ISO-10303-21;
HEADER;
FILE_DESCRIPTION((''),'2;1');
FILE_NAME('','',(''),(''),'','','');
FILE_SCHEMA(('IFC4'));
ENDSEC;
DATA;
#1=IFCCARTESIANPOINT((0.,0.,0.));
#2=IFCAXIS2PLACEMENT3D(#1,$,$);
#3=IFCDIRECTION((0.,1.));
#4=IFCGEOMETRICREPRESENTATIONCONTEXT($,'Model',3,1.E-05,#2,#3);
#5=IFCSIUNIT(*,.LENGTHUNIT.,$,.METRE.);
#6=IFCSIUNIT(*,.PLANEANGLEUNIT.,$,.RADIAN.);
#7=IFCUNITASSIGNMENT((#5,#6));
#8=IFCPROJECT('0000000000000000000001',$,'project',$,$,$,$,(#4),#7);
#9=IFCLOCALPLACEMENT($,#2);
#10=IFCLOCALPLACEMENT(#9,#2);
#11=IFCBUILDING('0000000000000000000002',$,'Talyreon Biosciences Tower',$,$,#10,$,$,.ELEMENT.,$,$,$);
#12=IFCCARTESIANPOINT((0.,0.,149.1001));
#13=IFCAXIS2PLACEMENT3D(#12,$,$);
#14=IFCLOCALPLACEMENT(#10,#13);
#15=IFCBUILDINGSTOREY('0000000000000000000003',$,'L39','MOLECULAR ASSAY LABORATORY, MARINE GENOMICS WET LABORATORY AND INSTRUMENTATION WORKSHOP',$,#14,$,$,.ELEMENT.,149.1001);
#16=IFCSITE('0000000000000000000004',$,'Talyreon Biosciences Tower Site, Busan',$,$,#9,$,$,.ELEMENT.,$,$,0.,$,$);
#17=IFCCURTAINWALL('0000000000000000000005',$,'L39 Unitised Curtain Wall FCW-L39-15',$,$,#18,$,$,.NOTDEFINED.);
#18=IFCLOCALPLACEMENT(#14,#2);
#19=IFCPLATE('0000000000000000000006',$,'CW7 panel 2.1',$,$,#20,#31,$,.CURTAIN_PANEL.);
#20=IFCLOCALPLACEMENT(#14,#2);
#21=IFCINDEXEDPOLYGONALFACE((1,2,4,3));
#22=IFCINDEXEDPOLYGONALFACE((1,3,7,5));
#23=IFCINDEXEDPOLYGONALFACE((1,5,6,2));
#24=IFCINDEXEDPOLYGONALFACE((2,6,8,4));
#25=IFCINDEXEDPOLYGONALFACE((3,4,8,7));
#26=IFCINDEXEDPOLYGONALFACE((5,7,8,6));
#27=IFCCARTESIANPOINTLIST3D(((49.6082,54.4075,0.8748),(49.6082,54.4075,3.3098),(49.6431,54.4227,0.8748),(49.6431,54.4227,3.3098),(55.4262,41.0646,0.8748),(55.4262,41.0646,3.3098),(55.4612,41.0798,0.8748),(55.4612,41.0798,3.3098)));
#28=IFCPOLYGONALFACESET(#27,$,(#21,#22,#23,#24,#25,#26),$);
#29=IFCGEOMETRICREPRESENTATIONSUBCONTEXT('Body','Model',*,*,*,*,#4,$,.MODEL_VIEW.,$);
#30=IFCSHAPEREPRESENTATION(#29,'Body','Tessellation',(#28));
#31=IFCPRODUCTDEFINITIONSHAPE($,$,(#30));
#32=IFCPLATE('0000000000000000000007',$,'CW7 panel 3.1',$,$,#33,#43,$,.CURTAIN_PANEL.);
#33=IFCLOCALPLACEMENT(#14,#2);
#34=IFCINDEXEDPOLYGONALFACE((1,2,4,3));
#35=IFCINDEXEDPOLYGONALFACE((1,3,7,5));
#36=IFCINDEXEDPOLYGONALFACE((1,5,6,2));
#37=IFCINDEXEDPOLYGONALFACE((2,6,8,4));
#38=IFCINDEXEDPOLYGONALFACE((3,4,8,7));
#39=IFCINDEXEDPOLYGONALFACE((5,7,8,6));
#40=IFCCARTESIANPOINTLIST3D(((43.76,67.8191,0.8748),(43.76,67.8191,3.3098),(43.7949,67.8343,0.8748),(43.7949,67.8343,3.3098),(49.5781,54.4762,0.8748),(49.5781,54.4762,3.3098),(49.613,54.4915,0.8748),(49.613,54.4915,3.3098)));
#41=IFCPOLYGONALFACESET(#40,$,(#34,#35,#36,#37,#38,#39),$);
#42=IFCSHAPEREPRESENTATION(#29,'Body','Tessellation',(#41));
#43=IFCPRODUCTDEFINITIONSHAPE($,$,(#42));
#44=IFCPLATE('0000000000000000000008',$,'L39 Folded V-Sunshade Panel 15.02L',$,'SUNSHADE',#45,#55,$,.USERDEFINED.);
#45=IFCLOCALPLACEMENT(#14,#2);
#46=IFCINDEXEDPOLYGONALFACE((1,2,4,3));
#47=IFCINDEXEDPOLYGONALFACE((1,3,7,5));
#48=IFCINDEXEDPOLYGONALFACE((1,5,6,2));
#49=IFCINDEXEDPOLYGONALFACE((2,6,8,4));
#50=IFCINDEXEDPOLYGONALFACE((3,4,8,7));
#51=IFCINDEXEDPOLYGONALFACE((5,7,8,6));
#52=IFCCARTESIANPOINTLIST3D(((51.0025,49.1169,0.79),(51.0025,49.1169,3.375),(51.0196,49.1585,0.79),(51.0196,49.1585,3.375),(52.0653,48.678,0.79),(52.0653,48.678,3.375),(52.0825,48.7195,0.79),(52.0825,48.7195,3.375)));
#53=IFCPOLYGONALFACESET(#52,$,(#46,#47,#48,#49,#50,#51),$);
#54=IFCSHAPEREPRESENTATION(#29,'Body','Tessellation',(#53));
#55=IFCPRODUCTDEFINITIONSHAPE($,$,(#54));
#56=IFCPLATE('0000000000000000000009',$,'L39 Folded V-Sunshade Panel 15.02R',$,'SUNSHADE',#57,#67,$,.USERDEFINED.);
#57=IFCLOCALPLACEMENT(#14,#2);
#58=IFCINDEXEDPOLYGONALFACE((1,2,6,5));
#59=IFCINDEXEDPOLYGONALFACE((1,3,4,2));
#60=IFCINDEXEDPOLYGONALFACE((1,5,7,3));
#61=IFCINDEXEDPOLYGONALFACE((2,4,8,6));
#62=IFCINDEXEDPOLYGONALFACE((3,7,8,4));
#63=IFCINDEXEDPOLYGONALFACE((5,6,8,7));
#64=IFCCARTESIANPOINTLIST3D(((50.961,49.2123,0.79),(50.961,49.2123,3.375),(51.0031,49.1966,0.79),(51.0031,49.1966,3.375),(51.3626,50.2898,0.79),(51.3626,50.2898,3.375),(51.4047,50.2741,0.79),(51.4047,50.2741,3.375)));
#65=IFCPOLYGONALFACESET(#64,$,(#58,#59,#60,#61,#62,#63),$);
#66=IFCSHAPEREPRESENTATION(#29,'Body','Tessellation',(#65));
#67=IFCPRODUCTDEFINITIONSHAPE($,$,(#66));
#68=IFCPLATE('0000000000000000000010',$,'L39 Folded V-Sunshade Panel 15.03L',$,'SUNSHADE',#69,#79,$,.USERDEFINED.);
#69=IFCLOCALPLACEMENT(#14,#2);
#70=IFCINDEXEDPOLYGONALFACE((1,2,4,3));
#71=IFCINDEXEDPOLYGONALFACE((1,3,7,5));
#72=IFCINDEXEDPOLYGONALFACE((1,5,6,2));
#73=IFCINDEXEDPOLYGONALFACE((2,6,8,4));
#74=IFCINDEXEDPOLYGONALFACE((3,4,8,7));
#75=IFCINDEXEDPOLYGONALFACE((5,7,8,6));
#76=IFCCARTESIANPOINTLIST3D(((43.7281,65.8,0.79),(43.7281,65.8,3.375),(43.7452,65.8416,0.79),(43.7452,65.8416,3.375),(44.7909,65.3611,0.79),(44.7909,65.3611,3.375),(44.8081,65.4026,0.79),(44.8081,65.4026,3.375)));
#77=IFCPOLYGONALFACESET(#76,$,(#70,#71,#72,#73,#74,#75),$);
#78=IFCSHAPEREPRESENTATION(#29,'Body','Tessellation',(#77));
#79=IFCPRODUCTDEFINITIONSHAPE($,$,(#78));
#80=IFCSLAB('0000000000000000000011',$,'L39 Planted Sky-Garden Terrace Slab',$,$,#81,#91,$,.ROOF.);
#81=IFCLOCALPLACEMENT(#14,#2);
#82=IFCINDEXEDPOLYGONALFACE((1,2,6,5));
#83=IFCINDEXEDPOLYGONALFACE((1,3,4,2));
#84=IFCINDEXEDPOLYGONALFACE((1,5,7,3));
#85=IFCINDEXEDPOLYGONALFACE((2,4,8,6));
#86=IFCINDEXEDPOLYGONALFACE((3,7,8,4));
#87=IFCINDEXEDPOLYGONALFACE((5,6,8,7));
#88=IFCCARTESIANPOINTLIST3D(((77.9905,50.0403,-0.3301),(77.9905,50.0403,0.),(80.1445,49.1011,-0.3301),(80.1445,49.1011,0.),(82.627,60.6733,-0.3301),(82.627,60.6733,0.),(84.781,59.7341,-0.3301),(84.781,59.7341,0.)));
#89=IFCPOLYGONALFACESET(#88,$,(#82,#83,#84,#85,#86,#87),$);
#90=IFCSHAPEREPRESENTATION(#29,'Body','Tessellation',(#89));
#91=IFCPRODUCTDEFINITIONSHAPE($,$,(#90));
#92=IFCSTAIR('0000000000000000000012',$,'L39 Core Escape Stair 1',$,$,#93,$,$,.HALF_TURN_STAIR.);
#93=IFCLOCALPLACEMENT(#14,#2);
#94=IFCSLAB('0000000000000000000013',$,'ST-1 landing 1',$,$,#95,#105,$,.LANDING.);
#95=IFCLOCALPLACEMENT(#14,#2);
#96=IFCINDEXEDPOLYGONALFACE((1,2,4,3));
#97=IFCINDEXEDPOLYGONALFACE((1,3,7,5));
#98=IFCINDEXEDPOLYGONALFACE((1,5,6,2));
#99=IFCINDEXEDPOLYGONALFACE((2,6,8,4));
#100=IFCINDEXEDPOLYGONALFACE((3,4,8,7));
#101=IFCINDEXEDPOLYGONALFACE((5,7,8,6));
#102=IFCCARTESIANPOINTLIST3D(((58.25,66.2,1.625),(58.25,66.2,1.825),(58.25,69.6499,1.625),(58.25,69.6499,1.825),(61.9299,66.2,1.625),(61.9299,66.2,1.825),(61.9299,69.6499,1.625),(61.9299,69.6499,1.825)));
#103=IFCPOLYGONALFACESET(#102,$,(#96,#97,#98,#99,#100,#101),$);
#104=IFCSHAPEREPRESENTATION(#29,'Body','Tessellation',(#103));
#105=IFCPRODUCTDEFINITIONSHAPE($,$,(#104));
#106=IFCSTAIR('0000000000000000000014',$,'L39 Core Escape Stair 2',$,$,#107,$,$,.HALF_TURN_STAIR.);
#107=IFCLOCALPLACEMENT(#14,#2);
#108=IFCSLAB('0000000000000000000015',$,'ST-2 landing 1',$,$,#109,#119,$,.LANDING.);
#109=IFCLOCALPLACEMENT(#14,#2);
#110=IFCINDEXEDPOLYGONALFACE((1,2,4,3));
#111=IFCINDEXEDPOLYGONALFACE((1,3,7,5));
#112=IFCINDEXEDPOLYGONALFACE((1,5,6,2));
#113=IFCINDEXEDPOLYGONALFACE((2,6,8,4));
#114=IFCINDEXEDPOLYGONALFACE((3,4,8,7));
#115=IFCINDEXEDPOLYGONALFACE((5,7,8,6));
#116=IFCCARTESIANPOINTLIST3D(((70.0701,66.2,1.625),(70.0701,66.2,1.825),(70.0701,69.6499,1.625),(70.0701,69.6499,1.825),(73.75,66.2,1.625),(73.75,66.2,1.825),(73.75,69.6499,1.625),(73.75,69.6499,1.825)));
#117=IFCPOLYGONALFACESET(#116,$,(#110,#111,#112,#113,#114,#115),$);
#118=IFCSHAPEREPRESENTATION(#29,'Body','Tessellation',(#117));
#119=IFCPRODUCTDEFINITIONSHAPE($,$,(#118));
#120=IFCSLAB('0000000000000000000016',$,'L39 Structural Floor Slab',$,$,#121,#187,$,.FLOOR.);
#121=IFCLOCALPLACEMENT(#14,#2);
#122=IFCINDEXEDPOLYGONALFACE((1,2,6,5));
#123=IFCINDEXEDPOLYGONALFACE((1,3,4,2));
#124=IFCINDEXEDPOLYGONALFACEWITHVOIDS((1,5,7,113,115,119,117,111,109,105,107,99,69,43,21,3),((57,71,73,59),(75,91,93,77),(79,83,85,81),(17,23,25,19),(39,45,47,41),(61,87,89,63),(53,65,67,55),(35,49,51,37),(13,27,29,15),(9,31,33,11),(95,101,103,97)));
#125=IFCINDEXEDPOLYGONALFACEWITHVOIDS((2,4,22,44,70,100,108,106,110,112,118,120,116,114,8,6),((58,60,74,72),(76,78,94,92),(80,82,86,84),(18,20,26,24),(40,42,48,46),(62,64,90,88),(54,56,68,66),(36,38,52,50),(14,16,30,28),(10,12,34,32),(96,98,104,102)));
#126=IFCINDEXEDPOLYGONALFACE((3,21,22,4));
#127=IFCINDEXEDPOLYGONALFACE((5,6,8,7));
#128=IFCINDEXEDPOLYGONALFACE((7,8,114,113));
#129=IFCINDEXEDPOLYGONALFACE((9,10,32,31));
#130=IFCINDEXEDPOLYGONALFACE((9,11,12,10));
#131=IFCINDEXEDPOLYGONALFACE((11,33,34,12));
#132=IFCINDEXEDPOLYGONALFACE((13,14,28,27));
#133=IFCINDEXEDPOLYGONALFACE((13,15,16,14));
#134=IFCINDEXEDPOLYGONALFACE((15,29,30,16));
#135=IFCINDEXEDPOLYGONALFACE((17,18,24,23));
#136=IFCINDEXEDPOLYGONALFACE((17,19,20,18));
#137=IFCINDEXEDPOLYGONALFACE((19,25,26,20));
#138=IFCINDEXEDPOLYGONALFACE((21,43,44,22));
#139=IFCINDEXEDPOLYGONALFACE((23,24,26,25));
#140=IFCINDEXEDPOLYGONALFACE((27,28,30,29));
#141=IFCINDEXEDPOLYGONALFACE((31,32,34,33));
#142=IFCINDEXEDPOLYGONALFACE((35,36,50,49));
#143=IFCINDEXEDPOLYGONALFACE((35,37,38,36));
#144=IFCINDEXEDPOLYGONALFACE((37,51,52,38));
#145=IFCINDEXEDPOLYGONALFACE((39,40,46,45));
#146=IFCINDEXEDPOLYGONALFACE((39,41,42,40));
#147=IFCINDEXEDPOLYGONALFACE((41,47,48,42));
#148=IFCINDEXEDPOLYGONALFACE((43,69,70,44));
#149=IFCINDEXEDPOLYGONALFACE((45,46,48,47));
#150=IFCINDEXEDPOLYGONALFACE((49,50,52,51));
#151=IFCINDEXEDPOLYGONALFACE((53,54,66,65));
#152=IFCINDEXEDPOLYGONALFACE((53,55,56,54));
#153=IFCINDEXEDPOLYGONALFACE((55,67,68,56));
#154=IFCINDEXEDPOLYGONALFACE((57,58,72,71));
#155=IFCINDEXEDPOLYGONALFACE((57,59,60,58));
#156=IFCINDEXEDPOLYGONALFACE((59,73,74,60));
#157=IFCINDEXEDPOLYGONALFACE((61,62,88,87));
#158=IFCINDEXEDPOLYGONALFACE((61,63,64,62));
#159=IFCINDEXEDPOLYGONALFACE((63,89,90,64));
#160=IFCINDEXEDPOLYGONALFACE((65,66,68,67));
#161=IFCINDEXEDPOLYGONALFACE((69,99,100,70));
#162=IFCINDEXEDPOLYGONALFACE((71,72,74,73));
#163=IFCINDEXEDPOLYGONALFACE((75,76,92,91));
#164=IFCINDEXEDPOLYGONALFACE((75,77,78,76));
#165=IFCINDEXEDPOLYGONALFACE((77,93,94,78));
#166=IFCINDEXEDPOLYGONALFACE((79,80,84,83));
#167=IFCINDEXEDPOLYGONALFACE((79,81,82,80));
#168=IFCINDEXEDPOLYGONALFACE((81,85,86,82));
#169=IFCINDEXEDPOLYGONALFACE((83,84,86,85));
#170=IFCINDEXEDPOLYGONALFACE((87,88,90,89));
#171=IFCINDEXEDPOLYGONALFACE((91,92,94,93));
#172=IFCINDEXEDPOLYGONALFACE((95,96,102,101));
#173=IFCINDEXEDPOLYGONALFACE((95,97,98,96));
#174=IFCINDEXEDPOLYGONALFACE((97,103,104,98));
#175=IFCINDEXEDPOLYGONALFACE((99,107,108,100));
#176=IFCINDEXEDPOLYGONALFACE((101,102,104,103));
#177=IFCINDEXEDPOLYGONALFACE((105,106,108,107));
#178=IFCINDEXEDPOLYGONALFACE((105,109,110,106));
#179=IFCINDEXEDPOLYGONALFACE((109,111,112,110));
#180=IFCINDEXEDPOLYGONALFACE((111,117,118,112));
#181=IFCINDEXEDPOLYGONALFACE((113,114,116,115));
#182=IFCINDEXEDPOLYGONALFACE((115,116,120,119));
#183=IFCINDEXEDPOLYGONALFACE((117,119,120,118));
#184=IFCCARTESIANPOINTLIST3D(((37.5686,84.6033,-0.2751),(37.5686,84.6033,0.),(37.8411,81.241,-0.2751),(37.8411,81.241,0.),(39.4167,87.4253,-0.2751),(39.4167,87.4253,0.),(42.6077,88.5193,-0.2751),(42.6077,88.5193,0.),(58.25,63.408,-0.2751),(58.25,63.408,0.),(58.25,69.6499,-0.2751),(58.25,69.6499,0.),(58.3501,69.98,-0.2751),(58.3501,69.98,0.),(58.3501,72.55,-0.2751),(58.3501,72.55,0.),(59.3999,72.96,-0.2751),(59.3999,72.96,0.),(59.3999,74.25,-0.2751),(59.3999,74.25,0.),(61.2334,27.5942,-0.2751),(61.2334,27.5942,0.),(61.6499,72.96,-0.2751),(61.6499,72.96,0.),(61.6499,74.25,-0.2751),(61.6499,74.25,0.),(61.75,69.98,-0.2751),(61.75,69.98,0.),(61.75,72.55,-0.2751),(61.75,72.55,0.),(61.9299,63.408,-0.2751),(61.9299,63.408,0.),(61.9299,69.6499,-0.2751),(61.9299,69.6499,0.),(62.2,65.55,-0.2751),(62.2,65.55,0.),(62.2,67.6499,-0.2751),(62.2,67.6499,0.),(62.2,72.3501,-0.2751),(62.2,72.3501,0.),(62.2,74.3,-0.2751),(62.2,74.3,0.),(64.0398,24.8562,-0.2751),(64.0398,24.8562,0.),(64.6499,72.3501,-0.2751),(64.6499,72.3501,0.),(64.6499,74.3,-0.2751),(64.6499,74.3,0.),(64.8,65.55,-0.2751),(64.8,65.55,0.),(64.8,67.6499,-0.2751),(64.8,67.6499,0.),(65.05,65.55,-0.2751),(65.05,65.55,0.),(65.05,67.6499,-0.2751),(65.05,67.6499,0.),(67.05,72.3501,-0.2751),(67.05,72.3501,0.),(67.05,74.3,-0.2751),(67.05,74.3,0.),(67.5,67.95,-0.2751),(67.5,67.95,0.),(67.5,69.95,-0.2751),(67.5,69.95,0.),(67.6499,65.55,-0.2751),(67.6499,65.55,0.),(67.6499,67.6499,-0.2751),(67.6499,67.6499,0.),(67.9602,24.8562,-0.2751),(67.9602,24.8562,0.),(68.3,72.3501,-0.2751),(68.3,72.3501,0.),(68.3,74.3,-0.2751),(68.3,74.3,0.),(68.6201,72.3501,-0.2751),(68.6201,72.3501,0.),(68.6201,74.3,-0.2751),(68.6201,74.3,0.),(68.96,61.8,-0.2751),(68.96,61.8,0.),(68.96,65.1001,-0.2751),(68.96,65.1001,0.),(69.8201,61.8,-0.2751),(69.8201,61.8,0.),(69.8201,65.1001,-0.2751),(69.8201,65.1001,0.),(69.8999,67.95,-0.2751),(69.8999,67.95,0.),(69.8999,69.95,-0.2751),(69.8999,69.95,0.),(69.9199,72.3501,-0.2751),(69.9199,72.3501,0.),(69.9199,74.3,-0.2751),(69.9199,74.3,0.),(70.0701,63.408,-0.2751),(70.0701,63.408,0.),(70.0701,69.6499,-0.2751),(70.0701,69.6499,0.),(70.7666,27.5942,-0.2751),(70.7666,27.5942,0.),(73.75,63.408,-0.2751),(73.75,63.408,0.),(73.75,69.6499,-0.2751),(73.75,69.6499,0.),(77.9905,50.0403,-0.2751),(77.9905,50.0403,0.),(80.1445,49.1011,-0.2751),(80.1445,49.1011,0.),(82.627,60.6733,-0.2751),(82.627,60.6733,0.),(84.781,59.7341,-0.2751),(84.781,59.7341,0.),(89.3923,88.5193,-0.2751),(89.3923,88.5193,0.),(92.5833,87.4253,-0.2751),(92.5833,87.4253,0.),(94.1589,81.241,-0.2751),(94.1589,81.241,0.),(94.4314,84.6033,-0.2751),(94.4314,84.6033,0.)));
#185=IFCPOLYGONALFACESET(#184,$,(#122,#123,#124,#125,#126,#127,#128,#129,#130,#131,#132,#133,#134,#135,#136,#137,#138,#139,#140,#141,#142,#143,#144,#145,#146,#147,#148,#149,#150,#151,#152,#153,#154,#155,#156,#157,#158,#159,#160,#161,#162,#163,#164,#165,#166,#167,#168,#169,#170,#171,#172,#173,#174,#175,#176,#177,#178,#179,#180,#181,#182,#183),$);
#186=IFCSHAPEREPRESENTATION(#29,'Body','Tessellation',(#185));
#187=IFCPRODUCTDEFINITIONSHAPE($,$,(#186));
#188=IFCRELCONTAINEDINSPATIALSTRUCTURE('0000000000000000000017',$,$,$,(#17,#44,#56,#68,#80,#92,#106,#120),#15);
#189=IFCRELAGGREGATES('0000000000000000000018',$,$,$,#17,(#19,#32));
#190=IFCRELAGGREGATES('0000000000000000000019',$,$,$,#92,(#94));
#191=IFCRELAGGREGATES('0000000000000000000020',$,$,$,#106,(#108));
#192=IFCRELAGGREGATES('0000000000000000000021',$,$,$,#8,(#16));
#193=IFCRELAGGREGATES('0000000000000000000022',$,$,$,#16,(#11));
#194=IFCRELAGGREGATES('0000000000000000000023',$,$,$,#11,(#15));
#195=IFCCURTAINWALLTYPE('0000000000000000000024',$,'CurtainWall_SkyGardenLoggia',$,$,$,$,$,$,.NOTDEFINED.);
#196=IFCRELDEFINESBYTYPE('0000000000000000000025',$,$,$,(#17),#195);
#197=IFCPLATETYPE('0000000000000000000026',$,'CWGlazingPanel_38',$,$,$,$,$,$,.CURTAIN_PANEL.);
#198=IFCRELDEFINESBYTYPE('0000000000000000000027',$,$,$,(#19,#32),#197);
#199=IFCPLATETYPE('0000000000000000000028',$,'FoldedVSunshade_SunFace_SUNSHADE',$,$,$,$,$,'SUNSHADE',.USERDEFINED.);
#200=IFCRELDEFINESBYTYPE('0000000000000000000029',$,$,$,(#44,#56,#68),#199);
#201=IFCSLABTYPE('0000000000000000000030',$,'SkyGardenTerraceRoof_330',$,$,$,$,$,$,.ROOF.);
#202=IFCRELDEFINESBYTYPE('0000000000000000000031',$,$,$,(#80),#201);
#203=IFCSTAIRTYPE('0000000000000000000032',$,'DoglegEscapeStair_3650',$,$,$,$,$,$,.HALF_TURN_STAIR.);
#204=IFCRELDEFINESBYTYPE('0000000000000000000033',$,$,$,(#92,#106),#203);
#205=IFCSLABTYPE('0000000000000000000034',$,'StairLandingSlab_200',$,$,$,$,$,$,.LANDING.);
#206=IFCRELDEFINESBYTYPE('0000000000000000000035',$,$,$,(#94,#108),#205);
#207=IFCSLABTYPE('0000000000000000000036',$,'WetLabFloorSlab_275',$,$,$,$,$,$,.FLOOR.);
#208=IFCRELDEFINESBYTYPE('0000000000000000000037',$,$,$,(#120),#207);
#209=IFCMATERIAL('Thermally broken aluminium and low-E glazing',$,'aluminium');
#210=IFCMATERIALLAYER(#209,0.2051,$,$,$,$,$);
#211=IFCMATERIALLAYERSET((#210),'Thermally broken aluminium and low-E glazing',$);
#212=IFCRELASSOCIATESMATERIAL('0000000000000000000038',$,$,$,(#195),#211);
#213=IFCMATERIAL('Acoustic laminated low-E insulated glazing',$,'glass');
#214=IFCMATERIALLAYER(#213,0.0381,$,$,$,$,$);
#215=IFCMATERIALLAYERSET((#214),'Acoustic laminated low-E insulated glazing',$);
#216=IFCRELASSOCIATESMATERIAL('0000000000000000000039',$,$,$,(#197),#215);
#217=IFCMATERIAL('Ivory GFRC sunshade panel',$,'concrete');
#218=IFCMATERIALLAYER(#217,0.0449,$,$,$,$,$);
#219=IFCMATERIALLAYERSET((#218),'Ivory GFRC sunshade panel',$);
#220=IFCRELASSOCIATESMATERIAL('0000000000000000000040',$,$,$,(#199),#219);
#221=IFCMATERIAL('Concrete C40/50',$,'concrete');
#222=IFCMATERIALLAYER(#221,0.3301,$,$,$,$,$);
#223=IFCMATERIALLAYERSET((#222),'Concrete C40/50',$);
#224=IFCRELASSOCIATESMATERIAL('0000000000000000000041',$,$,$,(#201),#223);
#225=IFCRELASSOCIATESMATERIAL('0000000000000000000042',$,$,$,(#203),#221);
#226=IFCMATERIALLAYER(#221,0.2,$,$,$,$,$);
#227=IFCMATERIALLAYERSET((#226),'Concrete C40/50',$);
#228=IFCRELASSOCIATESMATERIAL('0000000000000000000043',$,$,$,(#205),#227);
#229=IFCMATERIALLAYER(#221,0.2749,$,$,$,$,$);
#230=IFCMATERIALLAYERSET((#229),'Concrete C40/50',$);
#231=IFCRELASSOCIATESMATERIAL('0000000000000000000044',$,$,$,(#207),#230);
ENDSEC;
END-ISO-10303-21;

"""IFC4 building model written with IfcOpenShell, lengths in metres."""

from ifc_helpers import new_model, si_unit, direction, frame, origin, origin_2d, place, context, subcontext, project, spatial, polyline, rectangle, outline, extrude, material, layer, layer_set, type_object, element, aggregate, save


model = new_model("IFC4")

# Units and contexts
model_context = context("Model", 3, precision=1e-05, world=origin(), true_north=direction((0.0, 1.0)))
body_context = subcontext(model_context, "Body", "Model", "MODEL_VIEW")
ifc_project = project(units=[si_unit("LENGTHUNIT", "METRE"), si_unit("PLANEANGLEUNIT", "RADIAN")], contexts=[model_context])

# Site, building, storey
site_placement = place(None, origin())
site = spatial("IfcSite", under=ifc_project, at=site_placement, Name="Talyreon Biosciences Tower Site, Busan", CompositionType="ELEMENT", RefElevation=0.0)
building_placement = place(site_placement, origin())
building = spatial("IfcBuilding", under=site, at=building_placement, Name="Talyreon Biosciences Tower", CompositionType="ELEMENT")
storey_placement = place(building_placement, frame((0.0, 0.0, 149.1001)))
storey = spatial("IfcBuildingStorey", under=building, at=storey_placement, Name="L39", Description="MOLECULAR ASSAY LABORATORY, MARINE GENOMICS WET LABORATORY AND INSTRUMENTATION WORKSHOP", CompositionType="ELEMENT", Elevation=149.1001)

# Curtain wall
ifc_material_1 = material(Name="Thermally broken aluminium and low-E glazing", Category="aluminium")
ifc_layer_1 = layer(ifc_material_1, 0.2051)
ifc_layer_set_1 = layer_set([ifc_layer_1], Name="Thermally broken aluminium and low-E glazing")
curtain_wall_type = type_object("IfcCurtainWallType", Name="CurtainWall_SkyGardenLoggia", PredefinedType="NOTDEFINED", material=ifc_layer_set_1)
curtain_wall_placement = place(storey_placement, origin())
curtain_wall = element("IfcCurtainWall", 1, at=curtain_wall_placement, inside=storey, type_object=curtain_wall_type, Name="L39 Unitised Curtain Wall FCW-L39-15", PredefinedType="NOTDEFINED")

# Plates
ifc_material_2 = material(Name="Acoustic laminated low-E insulated glazing", Category="glass")
ifc_layer_2 = layer(ifc_material_2, 0.0381)
ifc_layer_set_2 = layer_set([ifc_layer_2], Name="Acoustic laminated low-E insulated glazing")
plate_type_1 = type_object("IfcPlateType", Name="CWGlazingPanel_38", PredefinedType="CURTAIN_PANEL", material=ifc_layer_set_2)
plate_1_placement = place(storey_placement, frame((52.5347, 47.7437, 0.8748), z_axis=(0.0, 0.0, 1.0), x_axis=(-0.399698, 0.916647, 0.0)))
plate_1 = element("IfcPlate", 2, at=plate_1_placement, type_object=plate_type_1, Name="CW7 panel 2.1", PredefinedType="CURTAIN_PANEL", context=body_context, shape_type="SweptSolid", body=[
    extrude(rectangle(XDim=14.5562, YDim=0.0381, at=origin_2d()), origin(), (0.0, 0.0, 1.0), 2.4351),
])
plate_2_placement = place(storey_placement, frame((46.6865, 61.1553, 0.8748), z_axis=(0.0, 0.0, 1.0), x_axis=(-0.399698, 0.916647, 0.0)))
plate_2 = element("IfcPlate", 3, at=plate_2_placement, type_object=plate_type_1, Name="CW7 panel 3.1", PredefinedType="CURTAIN_PANEL", context=body_context, shape_type="SweptSolid", body=[
    extrude(rectangle(XDim=14.5562, YDim=0.0381, at=origin_2d()), origin(), (0.0, 0.0, 1.0), 2.4351),
])
aggregate(curtain_wall, [plate_1, plate_2])

# Plates
ifc_material_3 = material(Name="Ivory GFRC sunshade panel", Category="concrete")
ifc_layer_3 = layer(ifc_material_3, 0.0449)
ifc_layer_set_3 = layer_set([ifc_layer_3], Name="Ivory GFRC sunshade panel")
plate_type_2 = type_object("IfcPlateType", Name="FoldedVSunshade_SunFace_SUNSHADE", ElementType="SUNSHADE", PredefinedType="USERDEFINED", material=ifc_layer_set_3)
for number, where, z_axis, x_axis, name in (
    (4, (51.5425, 48.9182, 0.79), (0.0, 0.0, 1.0), (-0.924273, 0.381732, 0.0), "L39 Folded V-Sunshade Panel 15.02L"),
    (5, (51.1829, 49.7432, 0.79), (0.0, 0.0, 1.0), (0.349243, 0.937032, 0.0), "L39 Folded V-Sunshade Panel 15.02R"),
    (6, (44.2681, 65.6013, 0.79), (0.0, 0.0, 1.0), (-0.924273, 0.381732, 0.0), "L39 Folded V-Sunshade Panel 15.03L"),
):
    element("IfcPlate", number, at=place(storey_placement, frame(where, z_axis=z_axis, x_axis=x_axis)), inside=storey, type_object=plate_type_2, Name=name, ObjectType="SUNSHADE", PredefinedType="USERDEFINED", context=body_context, shape_type="SweptSolid", body=[
        extrude(rectangle(XDim=1.1499, YDim=0.0449, at=origin_2d()), origin(), (0.0, 0.0, 1.0), 2.585),
    ])

# Slab
ifc_material_4 = material(Name="Concrete C40/50", Category="concrete")
ifc_layer_4 = layer(ifc_material_4, 0.3301)
ifc_layer_set_4 = layer_set([ifc_layer_4], Name="Concrete C40/50")
slab_type_1 = type_object("IfcSlabType", Name="SkyGardenTerraceRoof_330", PredefinedType="ROOF", material=ifc_layer_set_4)
slab_1_placement = place(storey_placement, frame((0.0, 0.0, -0.3301)))
element("IfcSlab", 7, at=slab_1_placement, inside=storey, type_object=slab_type_1, Name="L39 Planted Sky-Garden Terrace Slab", PredefinedType="ROOF", context=body_context, shape_type="SweptSolid", body=[
    extrude(outline(polyline([(80.1445, 49.1011), (77.9905, 50.0403), (82.627, 60.6733), (84.781, 59.7341), (80.1445, 49.1011)])), origin(), (0.0, 0.0, 1.0), 0.3301),
])

# Stairs, slabs
stair_type = type_object("IfcStairType", Name="DoglegEscapeStair_3650", PredefinedType="HALF_TURN_STAIR", material=ifc_material_4)
stair_1_placement = place(storey_placement, origin())
stair_1 = element("IfcStair", 8, at=stair_1_placement, inside=storey, type_object=stair_type, Name="L39 Core Escape Stair 1", PredefinedType="HALF_TURN_STAIR")
ifc_layer_5 = layer(ifc_material_4, 0.2)
ifc_layer_set_5 = layer_set([ifc_layer_5], Name="Concrete C40/50")
slab_type_2 = type_object("IfcSlabType", Name="StairLandingSlab_200", PredefinedType="LANDING", material=ifc_layer_set_5)
slab_2_placement = place(storey_placement, frame((0.0, 0.0, 1.625)))
slab_2 = element("IfcSlab", 9, at=slab_2_placement, type_object=slab_type_2, Name="ST-1 landing 1", PredefinedType="LANDING", context=body_context, shape_type="SweptSolid", body=[
    extrude(outline(polyline([(61.9299, 66.2), (61.9299, 69.6499), (58.25, 69.6499), (58.25, 66.2), (61.9299, 66.2)])), origin(), (0.0, 0.0, 1.0), 0.2),
])
aggregate(stair_1, [slab_2])
stair_2_placement = place(storey_placement, origin())
stair_2 = element("IfcStair", 10, at=stair_2_placement, inside=storey, type_object=stair_type, Name="L39 Core Escape Stair 2", PredefinedType="HALF_TURN_STAIR")
slab_3_placement = place(storey_placement, frame((0.0, 0.0, 1.625)))
slab_3 = element("IfcSlab", 11, at=slab_3_placement, type_object=slab_type_2, Name="ST-2 landing 1", PredefinedType="LANDING", context=body_context, shape_type="SweptSolid", body=[
    extrude(outline(polyline([(73.75, 66.2), (73.75, 69.6499), (70.0701, 69.6499), (70.0701, 66.2), (73.75, 66.2)])), origin(), (0.0, 0.0, 1.0), 0.2),
])
aggregate(stair_2, [slab_3])

# Slab
ifc_layer_6 = layer(ifc_material_4, 0.2749)
ifc_layer_set_6 = layer_set([ifc_layer_6], Name="Concrete C40/50")
slab_type_3 = type_object("IfcSlabType", Name="WetLabFloorSlab_275", PredefinedType="FLOOR", material=ifc_layer_set_6)
slab_4_placement = place(storey_placement, frame((0.0, 0.0, -0.2751)))
element("IfcSlab", 12, at=slab_4_placement, inside=storey, type_object=slab_type_3, Name="L39 Structural Floor Slab", PredefinedType="FLOOR", context=body_context, shape_type="SweptSolid", body=[
    extrude(outline(polyline([(37.8411, 81.241), (37.5686, 84.6033), (39.4167, 87.4253), (42.6077, 88.5193), (89.3923, 88.5193), (92.5833, 87.4253), (94.4314, 84.6033), (94.1589, 81.241), (84.781, 59.7341), (82.627, 60.6733), (77.9905, 50.0403), (80.1445, 49.1011), (70.7666, 27.5942), (67.9602, 24.8562), (64.0398, 24.8562), (61.2334, 27.5942), (37.8411, 81.241)]), holes=[polyline([(61.9299, 69.6499), (61.9299, 63.408), (58.25, 63.408), (58.25, 69.6499), (61.9299, 69.6499)]), polyline([(64.8, 67.6499), (64.8, 65.55), (62.2, 65.55), (62.2, 67.6499), (64.8, 67.6499)]), polyline([(67.6499, 67.6499), (67.6499, 65.55), (65.05, 65.55), (65.05, 67.6499), (67.6499, 67.6499)]), polyline([(61.75, 69.98), (58.3501, 69.98), (58.3501, 72.55), (61.75, 72.55), (61.75, 69.98)]), polyline([(64.6499, 72.3501), (62.2, 72.3501), (62.2, 74.3), (64.6499, 74.3), (64.6499, 72.3501)]), polyline([(61.6499, 74.25), (61.6499, 72.96), (59.3999, 72.96), (59.3999, 74.25), (61.6499, 74.25)]), polyline([(69.8201, 61.8), (68.96, 61.8), (68.96, 65.1001), (69.8201, 65.1001), (69.8201, 61.8)]), polyline([(73.75, 63.408), (70.0701, 63.408), (70.0701, 69.6499), (73.75, 69.6499), (73.75, 63.408)]), polyline([(69.8999, 69.95), (69.8999, 67.95), (67.5, 67.95), (67.5, 69.95), (69.8999, 69.95)]), polyline([(68.3, 72.3501), (67.05, 72.3501), (67.05, 74.3), (68.3, 74.3), (68.3, 72.3501)]), polyline([(69.9199, 72.3501), (68.6201, 72.3501), (68.6201, 74.3), (69.9199, 74.3), (69.9199, 72.3501)])]), origin(), (0.0, 0.0, 1.0), 0.2751),
])

save(model, "model.ifc")
